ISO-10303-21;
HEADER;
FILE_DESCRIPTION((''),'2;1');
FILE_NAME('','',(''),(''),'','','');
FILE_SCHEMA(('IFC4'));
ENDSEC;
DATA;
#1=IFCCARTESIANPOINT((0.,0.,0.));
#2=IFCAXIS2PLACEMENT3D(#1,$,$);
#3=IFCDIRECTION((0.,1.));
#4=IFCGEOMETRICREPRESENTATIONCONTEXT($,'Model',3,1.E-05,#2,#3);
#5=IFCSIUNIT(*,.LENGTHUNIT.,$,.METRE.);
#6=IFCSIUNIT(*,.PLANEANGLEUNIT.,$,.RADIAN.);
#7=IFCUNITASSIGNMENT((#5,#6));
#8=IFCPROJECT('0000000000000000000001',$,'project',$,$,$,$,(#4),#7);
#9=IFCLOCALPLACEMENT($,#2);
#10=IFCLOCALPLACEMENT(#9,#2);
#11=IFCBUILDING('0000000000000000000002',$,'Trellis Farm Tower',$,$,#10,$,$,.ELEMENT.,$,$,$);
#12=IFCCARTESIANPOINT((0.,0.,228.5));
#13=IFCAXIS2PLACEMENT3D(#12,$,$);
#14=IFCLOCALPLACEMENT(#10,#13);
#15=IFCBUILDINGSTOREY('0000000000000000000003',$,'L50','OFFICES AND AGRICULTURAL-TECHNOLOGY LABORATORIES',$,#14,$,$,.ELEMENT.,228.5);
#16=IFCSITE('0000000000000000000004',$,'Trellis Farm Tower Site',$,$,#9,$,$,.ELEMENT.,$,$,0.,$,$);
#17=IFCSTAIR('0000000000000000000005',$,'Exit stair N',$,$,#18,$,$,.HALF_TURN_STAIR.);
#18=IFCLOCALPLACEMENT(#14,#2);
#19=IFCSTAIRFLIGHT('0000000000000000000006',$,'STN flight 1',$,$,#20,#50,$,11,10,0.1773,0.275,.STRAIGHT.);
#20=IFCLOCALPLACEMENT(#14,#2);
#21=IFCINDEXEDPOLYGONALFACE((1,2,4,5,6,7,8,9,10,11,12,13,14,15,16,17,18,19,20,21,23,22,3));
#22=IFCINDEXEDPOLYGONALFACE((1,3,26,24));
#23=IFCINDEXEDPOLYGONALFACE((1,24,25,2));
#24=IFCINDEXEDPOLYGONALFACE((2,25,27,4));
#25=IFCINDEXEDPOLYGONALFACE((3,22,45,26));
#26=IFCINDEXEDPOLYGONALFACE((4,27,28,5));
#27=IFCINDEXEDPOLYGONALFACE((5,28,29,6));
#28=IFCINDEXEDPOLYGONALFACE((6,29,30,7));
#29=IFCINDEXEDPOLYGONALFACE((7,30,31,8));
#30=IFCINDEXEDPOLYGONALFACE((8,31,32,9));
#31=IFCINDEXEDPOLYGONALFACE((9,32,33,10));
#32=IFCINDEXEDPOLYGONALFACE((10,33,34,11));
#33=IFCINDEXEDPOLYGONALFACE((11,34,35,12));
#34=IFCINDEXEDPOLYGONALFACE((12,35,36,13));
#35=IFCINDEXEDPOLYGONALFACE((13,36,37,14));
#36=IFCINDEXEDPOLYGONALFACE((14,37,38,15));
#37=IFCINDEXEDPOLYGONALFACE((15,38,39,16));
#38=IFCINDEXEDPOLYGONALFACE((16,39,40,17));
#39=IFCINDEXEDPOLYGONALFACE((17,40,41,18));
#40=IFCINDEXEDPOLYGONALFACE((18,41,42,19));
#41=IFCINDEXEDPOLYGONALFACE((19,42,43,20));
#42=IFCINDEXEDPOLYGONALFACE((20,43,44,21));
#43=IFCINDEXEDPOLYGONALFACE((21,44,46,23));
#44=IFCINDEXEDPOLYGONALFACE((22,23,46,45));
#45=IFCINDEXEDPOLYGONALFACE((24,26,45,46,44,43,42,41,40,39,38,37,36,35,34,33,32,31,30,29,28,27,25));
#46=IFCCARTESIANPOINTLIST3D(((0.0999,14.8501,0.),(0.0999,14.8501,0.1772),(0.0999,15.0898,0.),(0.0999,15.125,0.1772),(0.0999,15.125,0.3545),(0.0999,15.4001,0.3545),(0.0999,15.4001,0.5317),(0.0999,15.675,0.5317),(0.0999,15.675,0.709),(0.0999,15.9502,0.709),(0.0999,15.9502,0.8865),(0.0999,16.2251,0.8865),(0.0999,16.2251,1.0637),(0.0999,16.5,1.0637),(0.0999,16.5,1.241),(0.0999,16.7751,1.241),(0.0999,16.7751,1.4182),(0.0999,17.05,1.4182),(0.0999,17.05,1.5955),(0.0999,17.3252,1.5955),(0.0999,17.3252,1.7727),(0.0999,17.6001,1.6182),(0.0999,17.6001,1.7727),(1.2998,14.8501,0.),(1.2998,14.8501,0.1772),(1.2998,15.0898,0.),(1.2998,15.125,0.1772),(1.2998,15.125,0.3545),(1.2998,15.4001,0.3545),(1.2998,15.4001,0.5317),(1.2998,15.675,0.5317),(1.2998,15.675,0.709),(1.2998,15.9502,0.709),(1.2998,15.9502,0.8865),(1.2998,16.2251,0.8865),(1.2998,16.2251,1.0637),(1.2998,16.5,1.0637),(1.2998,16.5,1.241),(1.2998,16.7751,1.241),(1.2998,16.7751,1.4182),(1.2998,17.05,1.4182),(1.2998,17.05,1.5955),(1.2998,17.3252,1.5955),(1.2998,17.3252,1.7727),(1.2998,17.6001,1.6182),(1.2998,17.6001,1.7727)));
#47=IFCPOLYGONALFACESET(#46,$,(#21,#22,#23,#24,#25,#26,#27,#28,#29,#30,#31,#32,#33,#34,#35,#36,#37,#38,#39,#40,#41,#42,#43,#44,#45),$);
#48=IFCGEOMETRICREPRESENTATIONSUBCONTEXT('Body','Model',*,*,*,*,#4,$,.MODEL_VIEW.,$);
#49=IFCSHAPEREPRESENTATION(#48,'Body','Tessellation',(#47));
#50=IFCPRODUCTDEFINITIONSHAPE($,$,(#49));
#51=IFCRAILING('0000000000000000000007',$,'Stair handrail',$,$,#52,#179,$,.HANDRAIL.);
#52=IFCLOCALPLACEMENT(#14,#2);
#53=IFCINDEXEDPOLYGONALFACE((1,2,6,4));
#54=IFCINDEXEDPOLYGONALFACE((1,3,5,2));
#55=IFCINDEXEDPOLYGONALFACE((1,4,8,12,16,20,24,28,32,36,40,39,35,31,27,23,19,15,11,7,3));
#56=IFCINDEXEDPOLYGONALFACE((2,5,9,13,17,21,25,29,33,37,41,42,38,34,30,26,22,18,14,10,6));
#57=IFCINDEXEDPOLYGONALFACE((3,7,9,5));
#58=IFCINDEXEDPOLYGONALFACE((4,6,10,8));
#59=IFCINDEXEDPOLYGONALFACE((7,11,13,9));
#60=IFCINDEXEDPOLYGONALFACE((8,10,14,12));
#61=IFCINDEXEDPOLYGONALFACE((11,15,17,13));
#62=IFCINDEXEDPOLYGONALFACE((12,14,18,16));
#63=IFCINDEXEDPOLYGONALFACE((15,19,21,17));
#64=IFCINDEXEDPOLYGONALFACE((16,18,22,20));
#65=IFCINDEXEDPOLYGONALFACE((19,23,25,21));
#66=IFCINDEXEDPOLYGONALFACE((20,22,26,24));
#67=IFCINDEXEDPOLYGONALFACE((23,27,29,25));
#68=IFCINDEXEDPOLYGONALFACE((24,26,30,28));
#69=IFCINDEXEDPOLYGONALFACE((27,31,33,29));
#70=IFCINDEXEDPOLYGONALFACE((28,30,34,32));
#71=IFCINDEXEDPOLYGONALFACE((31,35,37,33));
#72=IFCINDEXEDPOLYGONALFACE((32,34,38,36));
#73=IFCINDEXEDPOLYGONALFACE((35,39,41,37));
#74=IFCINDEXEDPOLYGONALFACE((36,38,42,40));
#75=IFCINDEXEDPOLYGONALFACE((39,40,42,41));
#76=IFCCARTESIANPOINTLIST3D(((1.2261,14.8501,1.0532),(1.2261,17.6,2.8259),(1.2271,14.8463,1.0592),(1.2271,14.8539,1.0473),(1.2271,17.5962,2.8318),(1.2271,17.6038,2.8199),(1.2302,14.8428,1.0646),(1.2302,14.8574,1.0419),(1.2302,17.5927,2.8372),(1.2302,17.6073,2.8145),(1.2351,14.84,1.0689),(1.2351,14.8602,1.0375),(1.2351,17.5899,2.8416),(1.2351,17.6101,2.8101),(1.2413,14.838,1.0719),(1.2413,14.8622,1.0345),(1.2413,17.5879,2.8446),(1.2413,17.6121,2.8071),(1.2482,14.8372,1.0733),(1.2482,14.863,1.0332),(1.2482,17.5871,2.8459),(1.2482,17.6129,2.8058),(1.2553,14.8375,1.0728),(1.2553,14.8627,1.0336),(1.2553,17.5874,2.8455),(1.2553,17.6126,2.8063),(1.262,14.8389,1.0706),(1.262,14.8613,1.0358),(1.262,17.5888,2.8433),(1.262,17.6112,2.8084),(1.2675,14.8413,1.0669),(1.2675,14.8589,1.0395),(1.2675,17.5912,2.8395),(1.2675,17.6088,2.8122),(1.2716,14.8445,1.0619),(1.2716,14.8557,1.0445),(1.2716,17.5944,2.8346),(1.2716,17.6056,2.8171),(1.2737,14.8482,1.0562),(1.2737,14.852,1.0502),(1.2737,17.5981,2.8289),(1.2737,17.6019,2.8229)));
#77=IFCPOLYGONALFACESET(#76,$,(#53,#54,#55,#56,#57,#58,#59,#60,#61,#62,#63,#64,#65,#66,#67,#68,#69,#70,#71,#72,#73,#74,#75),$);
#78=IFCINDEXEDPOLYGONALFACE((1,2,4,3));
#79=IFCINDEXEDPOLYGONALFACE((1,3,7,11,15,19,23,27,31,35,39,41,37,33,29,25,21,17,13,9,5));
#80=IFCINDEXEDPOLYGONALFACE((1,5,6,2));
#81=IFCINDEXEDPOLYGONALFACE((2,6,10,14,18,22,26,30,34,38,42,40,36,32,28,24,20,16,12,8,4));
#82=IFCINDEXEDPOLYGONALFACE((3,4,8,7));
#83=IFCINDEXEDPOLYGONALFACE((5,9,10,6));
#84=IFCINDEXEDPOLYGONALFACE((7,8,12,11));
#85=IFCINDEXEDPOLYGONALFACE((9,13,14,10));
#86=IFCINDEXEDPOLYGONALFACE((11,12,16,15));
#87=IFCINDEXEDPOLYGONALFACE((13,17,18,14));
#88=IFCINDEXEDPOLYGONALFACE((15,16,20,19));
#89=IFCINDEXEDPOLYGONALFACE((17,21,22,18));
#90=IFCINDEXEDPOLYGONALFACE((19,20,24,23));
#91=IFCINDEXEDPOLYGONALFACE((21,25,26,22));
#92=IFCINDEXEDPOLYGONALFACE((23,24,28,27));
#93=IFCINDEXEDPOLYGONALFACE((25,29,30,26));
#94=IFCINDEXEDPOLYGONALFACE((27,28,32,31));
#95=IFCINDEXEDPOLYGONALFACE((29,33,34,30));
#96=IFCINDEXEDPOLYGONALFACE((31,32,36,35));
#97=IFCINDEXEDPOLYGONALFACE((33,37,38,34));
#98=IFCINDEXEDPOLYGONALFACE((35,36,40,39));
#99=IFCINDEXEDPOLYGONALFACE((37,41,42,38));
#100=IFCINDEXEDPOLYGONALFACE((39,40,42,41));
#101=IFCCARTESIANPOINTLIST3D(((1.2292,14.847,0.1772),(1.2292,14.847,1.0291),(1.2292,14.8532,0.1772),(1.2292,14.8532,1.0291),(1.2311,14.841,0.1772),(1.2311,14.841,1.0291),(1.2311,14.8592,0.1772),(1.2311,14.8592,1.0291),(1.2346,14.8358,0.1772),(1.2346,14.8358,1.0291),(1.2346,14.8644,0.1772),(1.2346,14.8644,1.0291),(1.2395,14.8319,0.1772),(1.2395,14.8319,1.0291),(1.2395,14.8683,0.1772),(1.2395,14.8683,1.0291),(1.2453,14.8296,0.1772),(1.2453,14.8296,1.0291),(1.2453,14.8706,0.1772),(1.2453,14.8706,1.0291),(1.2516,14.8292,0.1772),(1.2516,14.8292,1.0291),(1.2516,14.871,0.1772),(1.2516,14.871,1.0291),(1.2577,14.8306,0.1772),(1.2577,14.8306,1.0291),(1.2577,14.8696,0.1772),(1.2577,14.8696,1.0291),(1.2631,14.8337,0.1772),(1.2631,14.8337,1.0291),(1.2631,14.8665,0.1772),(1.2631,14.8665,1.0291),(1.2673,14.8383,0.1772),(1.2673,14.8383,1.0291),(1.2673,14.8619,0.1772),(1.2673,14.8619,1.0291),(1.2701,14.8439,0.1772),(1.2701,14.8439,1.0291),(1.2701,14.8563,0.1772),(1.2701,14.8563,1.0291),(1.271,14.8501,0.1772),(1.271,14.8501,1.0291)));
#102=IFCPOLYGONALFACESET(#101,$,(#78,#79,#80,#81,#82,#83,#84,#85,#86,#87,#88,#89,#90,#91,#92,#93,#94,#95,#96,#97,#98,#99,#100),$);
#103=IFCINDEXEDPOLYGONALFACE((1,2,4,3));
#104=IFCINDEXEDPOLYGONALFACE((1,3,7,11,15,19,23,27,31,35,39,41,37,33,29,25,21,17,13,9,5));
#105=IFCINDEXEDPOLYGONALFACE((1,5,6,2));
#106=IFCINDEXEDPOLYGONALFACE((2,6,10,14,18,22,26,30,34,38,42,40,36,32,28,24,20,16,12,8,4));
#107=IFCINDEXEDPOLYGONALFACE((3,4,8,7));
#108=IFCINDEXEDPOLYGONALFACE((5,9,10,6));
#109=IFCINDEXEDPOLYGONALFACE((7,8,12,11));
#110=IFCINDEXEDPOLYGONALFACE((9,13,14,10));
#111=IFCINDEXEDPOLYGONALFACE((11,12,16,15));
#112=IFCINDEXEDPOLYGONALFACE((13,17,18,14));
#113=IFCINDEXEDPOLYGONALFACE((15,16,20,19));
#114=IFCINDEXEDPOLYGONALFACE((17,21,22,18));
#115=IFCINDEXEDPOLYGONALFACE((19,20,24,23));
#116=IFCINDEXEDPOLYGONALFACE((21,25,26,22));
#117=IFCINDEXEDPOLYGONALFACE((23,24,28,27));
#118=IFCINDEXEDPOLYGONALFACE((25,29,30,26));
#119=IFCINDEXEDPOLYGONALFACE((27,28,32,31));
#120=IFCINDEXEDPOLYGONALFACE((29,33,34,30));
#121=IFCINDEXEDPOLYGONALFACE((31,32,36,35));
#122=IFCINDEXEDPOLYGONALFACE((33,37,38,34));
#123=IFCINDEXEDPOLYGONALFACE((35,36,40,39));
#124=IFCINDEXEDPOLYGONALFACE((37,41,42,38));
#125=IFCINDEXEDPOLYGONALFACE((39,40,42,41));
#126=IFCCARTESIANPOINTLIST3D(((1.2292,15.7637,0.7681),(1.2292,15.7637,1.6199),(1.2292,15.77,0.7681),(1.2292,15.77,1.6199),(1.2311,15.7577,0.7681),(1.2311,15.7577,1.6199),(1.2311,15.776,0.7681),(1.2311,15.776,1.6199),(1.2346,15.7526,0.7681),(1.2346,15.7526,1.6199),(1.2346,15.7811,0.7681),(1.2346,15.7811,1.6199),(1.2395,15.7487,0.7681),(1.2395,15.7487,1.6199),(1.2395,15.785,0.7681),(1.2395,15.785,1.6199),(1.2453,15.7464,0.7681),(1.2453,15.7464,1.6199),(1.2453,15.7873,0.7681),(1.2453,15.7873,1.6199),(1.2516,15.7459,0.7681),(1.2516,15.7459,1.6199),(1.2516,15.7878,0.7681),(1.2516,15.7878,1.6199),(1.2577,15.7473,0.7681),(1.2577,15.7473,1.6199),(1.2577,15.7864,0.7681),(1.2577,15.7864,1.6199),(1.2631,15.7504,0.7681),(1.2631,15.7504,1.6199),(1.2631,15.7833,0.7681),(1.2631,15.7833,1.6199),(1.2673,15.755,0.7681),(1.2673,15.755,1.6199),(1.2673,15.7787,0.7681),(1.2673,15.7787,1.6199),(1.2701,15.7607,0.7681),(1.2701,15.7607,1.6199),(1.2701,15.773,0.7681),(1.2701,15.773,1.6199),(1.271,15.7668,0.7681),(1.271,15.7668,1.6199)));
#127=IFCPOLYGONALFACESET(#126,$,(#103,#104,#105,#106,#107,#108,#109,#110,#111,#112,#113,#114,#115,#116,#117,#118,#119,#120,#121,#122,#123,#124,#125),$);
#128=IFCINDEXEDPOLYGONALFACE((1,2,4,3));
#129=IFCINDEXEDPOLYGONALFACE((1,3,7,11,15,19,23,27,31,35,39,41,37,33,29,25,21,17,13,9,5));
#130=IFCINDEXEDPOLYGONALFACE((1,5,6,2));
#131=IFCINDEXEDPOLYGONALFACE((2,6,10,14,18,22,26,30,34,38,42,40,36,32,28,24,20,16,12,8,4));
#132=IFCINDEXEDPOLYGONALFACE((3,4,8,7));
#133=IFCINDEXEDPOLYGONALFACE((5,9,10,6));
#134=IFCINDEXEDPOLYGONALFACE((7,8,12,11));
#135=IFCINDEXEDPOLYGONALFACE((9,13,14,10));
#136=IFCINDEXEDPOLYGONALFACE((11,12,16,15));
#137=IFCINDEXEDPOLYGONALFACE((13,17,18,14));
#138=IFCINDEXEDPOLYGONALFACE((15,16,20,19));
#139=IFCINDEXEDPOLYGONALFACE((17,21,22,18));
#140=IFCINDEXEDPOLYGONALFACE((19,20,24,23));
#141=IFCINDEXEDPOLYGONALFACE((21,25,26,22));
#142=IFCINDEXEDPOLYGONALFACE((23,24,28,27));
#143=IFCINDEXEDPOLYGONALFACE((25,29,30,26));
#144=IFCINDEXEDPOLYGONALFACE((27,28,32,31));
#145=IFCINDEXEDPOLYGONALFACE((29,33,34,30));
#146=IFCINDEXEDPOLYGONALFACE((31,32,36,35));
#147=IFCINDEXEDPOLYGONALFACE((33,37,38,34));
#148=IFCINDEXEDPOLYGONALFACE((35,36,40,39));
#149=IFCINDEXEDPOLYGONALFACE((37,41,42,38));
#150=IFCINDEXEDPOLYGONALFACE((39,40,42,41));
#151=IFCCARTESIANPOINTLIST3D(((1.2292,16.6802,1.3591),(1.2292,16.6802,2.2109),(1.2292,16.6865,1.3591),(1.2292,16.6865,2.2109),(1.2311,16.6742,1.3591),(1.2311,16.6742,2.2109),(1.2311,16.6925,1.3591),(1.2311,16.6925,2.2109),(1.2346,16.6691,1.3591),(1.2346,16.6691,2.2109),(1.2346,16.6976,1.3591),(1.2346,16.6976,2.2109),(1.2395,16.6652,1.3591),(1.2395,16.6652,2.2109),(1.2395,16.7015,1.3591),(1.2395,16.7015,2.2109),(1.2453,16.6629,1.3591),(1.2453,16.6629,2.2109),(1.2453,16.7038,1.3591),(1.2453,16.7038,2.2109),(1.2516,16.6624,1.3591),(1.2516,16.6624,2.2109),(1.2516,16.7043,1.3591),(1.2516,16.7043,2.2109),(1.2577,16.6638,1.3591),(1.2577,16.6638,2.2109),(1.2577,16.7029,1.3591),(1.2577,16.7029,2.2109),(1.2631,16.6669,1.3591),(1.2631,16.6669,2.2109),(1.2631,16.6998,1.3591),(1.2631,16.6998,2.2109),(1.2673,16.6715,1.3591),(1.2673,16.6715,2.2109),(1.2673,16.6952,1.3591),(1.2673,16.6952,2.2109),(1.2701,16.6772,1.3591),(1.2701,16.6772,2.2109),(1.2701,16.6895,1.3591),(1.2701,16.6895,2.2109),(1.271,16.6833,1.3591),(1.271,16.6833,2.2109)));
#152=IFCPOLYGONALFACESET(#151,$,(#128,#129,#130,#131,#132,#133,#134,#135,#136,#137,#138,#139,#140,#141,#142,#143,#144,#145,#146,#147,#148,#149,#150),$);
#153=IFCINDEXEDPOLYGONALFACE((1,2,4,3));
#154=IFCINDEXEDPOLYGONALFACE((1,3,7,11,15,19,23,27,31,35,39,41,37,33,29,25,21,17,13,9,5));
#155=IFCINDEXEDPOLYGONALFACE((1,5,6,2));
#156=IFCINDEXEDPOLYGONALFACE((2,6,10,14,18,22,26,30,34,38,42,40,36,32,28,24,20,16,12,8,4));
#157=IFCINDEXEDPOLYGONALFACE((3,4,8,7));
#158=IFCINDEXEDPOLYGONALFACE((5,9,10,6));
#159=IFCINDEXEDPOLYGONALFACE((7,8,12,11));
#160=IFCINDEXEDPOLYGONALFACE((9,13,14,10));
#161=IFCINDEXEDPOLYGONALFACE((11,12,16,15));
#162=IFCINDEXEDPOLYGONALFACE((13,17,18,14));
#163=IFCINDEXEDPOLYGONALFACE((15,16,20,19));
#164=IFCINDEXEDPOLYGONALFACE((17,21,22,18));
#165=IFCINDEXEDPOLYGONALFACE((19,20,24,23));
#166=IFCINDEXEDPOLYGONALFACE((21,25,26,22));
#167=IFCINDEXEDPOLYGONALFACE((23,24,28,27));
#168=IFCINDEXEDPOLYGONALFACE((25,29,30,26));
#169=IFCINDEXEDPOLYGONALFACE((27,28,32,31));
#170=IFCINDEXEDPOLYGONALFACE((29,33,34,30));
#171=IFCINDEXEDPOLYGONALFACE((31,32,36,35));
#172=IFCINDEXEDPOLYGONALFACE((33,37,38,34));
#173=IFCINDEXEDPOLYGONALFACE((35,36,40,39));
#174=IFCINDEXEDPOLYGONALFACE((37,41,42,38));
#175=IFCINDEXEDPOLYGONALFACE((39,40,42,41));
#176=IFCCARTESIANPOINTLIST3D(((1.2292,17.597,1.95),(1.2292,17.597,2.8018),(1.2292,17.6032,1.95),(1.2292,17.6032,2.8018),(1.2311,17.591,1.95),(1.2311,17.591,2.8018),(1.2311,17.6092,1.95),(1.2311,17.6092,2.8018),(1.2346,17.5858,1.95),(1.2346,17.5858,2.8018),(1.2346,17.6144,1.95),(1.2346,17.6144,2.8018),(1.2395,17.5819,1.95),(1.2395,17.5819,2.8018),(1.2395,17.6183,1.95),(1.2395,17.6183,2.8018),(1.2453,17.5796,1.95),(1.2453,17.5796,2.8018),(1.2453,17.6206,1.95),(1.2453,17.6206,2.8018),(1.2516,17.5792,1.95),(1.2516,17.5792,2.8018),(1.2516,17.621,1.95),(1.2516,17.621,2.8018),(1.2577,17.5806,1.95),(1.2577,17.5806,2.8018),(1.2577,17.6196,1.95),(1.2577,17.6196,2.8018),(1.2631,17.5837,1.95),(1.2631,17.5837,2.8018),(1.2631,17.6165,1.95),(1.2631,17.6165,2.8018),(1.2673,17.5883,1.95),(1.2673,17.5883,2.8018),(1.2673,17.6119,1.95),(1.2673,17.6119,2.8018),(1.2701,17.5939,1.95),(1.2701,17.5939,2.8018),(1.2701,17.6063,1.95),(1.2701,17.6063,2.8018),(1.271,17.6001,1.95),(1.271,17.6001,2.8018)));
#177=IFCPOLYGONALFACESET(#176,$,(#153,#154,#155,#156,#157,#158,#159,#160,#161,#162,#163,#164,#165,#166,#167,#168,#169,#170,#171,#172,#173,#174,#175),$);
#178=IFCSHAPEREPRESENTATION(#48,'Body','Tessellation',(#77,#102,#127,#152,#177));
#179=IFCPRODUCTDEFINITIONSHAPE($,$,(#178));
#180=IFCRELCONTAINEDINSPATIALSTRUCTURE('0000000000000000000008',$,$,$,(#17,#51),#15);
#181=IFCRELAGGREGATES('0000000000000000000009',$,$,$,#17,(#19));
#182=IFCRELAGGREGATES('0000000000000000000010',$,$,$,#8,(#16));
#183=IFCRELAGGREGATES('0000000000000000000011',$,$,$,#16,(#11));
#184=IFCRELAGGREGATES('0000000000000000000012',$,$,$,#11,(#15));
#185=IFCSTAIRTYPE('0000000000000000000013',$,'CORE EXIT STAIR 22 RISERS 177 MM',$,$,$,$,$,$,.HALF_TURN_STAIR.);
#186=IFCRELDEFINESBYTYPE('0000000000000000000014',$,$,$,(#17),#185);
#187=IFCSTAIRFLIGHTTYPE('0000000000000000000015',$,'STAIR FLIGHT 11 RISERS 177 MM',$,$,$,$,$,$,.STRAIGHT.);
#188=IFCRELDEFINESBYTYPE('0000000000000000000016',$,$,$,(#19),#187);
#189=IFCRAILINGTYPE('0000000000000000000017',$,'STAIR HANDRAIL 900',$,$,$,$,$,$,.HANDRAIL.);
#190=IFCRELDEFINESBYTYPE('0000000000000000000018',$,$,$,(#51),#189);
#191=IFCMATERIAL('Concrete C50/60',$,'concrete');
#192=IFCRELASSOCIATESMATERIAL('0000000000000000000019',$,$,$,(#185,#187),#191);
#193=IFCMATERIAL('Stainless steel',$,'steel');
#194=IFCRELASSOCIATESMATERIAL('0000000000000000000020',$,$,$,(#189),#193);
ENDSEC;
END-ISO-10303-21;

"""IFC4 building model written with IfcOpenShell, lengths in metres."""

from ifc_helpers import new_model, si_unit, direction, frame, origin, origin_2d, place, context, subcontext, project, spatial, polyline, circle, outline, extrude, source, transform, mapped, material, type_object, element, aggregate, save


model = new_model("IFC4")

# Units and contexts
model_context = context("Model", 3, precision=1e-05, world=origin(), true_north=direction((0.0, 1.0)))
body_context = subcontext(model_context, "Body", "Model", "MODEL_VIEW")
ifc_project = project(units=[si_unit("LENGTHUNIT", "METRE"), si_unit("PLANEANGLEUNIT", "RADIAN")], contexts=[model_context])

# Site, building, storey
site_placement = place(None, origin())
site = spatial("IfcSite", under=ifc_project, at=site_placement, Name="Trellis Farm Tower Site", CompositionType="ELEMENT", RefElevation=0.0)
building_placement = place(site_placement, origin())
building = spatial("IfcBuilding", under=site, at=building_placement, Name="Trellis Farm Tower", CompositionType="ELEMENT")
storey_placement = place(building_placement, frame((0.0, 0.0, 228.5)))
storey = spatial("IfcBuildingStorey", under=building, at=storey_placement, Name="L50", Description="OFFICES AND AGRICULTURAL-TECHNOLOGY LABORATORIES", CompositionType="ELEMENT", Elevation=228.5)

# Shared definitions
placement_1 = place(storey_placement, origin())

# Stair, stair flight
ifc_material_1 = material(Name="Concrete C50/60", Category="concrete")
stair_type = type_object("IfcStairType", Name="CORE EXIT STAIR 22 RISERS 177 MM", PredefinedType="HALF_TURN_STAIR", material=ifc_material_1)
stair = element("IfcStair", 1, at=placement_1, inside=storey, type_object=stair_type, Name="Exit stair N", PredefinedType="HALF_TURN_STAIR")
stair_flight_type = type_object("IfcStairFlightType", Name="STAIR FLIGHT 11 RISERS 177 MM", PredefinedType="STRAIGHT", material=ifc_material_1)
shared_shape_1 = source(origin(), body_context, "Body", "SweptSolid", [
    extrude(outline(polyline([(0.0, 0.0), (0.0, 0.1772), (0.2749, 0.1772), (0.2749, 0.3545), (0.55, 0.3545), (0.55, 0.5317), (0.825, 0.5317), (0.825, 0.709), (1.1001, 0.709), (1.1001, 0.8865), (1.375, 0.8865), (1.375, 1.0637), (1.6499, 1.0637), (1.6499, 1.241), (1.925, 1.241), (1.925, 1.4182), (2.2, 1.4182), (2.2, 1.5955), (2.4751, 1.5955), (2.4751, 1.7727), (2.75, 1.7727), (2.75, 1.95), (2.75, 1.6182), (0.2397, 0.0), (0.0, 0.0)])), frame((0.0, 0.6001, 0.0), z_axis=(0.0, -1.0, 0.0), x_axis=(1.0, 0.0, 0.0)), (0.0, 0.0, 1.0), 1.2),
])
stair_flight_placement = place(storey_placement, frame((0.7, 14.8501, 0.0), z_axis=(0.0, 0.0, 1.0), x_axis=(0.0, 1.0, 0.0)))
stair_flight = element("IfcStairFlight", 2, at=stair_flight_placement, type_object=stair_flight_type, Name="STN flight 1", NumberOfRisers=11, NumberOfTreads=10, PredefinedType="STRAIGHT", RiserHeight=0.1773, TreadLength=0.275, context=body_context, shape_type="MappedRepresentation", body=[
    mapped(shared_shape_1, transform((0.0, 0.0, 0.0))),
])
aggregate(stair, [stair_flight])

# Railing
ifc_material_2 = material(Name="Stainless steel", Category="steel")
railing_type = type_object("IfcRailingType", Name="STAIR HANDRAIL 900", PredefinedType="HANDRAIL", material=ifc_material_2)
shared_shape_2 = source(origin(), body_context, "Body", "SweptSolid", [
    extrude(circle(Radius=0.0239, at=origin_2d()), frame((0.0, 0.0, 0.876), z_axis=(0.0, 0.840504, 0.541806), x_axis=(-1.0, 0.0, 0.0)), (0.0, 0.0, 1.0), 3.2717),
    extrude(circle(Radius=0.021, at=origin_2d()), origin(), (0.0, 0.0, 1.0), 0.8518),
    extrude(circle(Radius=0.021, at=origin_2d()), frame((0.0, 0.9167, 0.5908)), (0.0, 0.0, 1.0), 0.8518),
    extrude(circle(Radius=0.021, at=origin_2d()), frame((0.0, 1.8333, 1.1819)), (0.0, 0.0, 1.0), 0.8518),
    extrude(circle(Radius=0.021, at=origin_2d()), frame((0.0, 2.75, 1.7727)), (0.0, 0.0, 1.0), 0.8518),
])
railing_placement = place(storey_placement, frame((1.25, 14.8501, 0.1772)))
element("IfcRailing", 3, at=railing_placement, inside=storey, type_object=railing_type, Name="Stair handrail", PredefinedType="HANDRAIL", context=body_context, shape_type="MappedRepresentation", body=[
    mapped(shared_shape_2, transform((0.0, 0.0, 0.0))),
])

save(model, "model.ifc")
